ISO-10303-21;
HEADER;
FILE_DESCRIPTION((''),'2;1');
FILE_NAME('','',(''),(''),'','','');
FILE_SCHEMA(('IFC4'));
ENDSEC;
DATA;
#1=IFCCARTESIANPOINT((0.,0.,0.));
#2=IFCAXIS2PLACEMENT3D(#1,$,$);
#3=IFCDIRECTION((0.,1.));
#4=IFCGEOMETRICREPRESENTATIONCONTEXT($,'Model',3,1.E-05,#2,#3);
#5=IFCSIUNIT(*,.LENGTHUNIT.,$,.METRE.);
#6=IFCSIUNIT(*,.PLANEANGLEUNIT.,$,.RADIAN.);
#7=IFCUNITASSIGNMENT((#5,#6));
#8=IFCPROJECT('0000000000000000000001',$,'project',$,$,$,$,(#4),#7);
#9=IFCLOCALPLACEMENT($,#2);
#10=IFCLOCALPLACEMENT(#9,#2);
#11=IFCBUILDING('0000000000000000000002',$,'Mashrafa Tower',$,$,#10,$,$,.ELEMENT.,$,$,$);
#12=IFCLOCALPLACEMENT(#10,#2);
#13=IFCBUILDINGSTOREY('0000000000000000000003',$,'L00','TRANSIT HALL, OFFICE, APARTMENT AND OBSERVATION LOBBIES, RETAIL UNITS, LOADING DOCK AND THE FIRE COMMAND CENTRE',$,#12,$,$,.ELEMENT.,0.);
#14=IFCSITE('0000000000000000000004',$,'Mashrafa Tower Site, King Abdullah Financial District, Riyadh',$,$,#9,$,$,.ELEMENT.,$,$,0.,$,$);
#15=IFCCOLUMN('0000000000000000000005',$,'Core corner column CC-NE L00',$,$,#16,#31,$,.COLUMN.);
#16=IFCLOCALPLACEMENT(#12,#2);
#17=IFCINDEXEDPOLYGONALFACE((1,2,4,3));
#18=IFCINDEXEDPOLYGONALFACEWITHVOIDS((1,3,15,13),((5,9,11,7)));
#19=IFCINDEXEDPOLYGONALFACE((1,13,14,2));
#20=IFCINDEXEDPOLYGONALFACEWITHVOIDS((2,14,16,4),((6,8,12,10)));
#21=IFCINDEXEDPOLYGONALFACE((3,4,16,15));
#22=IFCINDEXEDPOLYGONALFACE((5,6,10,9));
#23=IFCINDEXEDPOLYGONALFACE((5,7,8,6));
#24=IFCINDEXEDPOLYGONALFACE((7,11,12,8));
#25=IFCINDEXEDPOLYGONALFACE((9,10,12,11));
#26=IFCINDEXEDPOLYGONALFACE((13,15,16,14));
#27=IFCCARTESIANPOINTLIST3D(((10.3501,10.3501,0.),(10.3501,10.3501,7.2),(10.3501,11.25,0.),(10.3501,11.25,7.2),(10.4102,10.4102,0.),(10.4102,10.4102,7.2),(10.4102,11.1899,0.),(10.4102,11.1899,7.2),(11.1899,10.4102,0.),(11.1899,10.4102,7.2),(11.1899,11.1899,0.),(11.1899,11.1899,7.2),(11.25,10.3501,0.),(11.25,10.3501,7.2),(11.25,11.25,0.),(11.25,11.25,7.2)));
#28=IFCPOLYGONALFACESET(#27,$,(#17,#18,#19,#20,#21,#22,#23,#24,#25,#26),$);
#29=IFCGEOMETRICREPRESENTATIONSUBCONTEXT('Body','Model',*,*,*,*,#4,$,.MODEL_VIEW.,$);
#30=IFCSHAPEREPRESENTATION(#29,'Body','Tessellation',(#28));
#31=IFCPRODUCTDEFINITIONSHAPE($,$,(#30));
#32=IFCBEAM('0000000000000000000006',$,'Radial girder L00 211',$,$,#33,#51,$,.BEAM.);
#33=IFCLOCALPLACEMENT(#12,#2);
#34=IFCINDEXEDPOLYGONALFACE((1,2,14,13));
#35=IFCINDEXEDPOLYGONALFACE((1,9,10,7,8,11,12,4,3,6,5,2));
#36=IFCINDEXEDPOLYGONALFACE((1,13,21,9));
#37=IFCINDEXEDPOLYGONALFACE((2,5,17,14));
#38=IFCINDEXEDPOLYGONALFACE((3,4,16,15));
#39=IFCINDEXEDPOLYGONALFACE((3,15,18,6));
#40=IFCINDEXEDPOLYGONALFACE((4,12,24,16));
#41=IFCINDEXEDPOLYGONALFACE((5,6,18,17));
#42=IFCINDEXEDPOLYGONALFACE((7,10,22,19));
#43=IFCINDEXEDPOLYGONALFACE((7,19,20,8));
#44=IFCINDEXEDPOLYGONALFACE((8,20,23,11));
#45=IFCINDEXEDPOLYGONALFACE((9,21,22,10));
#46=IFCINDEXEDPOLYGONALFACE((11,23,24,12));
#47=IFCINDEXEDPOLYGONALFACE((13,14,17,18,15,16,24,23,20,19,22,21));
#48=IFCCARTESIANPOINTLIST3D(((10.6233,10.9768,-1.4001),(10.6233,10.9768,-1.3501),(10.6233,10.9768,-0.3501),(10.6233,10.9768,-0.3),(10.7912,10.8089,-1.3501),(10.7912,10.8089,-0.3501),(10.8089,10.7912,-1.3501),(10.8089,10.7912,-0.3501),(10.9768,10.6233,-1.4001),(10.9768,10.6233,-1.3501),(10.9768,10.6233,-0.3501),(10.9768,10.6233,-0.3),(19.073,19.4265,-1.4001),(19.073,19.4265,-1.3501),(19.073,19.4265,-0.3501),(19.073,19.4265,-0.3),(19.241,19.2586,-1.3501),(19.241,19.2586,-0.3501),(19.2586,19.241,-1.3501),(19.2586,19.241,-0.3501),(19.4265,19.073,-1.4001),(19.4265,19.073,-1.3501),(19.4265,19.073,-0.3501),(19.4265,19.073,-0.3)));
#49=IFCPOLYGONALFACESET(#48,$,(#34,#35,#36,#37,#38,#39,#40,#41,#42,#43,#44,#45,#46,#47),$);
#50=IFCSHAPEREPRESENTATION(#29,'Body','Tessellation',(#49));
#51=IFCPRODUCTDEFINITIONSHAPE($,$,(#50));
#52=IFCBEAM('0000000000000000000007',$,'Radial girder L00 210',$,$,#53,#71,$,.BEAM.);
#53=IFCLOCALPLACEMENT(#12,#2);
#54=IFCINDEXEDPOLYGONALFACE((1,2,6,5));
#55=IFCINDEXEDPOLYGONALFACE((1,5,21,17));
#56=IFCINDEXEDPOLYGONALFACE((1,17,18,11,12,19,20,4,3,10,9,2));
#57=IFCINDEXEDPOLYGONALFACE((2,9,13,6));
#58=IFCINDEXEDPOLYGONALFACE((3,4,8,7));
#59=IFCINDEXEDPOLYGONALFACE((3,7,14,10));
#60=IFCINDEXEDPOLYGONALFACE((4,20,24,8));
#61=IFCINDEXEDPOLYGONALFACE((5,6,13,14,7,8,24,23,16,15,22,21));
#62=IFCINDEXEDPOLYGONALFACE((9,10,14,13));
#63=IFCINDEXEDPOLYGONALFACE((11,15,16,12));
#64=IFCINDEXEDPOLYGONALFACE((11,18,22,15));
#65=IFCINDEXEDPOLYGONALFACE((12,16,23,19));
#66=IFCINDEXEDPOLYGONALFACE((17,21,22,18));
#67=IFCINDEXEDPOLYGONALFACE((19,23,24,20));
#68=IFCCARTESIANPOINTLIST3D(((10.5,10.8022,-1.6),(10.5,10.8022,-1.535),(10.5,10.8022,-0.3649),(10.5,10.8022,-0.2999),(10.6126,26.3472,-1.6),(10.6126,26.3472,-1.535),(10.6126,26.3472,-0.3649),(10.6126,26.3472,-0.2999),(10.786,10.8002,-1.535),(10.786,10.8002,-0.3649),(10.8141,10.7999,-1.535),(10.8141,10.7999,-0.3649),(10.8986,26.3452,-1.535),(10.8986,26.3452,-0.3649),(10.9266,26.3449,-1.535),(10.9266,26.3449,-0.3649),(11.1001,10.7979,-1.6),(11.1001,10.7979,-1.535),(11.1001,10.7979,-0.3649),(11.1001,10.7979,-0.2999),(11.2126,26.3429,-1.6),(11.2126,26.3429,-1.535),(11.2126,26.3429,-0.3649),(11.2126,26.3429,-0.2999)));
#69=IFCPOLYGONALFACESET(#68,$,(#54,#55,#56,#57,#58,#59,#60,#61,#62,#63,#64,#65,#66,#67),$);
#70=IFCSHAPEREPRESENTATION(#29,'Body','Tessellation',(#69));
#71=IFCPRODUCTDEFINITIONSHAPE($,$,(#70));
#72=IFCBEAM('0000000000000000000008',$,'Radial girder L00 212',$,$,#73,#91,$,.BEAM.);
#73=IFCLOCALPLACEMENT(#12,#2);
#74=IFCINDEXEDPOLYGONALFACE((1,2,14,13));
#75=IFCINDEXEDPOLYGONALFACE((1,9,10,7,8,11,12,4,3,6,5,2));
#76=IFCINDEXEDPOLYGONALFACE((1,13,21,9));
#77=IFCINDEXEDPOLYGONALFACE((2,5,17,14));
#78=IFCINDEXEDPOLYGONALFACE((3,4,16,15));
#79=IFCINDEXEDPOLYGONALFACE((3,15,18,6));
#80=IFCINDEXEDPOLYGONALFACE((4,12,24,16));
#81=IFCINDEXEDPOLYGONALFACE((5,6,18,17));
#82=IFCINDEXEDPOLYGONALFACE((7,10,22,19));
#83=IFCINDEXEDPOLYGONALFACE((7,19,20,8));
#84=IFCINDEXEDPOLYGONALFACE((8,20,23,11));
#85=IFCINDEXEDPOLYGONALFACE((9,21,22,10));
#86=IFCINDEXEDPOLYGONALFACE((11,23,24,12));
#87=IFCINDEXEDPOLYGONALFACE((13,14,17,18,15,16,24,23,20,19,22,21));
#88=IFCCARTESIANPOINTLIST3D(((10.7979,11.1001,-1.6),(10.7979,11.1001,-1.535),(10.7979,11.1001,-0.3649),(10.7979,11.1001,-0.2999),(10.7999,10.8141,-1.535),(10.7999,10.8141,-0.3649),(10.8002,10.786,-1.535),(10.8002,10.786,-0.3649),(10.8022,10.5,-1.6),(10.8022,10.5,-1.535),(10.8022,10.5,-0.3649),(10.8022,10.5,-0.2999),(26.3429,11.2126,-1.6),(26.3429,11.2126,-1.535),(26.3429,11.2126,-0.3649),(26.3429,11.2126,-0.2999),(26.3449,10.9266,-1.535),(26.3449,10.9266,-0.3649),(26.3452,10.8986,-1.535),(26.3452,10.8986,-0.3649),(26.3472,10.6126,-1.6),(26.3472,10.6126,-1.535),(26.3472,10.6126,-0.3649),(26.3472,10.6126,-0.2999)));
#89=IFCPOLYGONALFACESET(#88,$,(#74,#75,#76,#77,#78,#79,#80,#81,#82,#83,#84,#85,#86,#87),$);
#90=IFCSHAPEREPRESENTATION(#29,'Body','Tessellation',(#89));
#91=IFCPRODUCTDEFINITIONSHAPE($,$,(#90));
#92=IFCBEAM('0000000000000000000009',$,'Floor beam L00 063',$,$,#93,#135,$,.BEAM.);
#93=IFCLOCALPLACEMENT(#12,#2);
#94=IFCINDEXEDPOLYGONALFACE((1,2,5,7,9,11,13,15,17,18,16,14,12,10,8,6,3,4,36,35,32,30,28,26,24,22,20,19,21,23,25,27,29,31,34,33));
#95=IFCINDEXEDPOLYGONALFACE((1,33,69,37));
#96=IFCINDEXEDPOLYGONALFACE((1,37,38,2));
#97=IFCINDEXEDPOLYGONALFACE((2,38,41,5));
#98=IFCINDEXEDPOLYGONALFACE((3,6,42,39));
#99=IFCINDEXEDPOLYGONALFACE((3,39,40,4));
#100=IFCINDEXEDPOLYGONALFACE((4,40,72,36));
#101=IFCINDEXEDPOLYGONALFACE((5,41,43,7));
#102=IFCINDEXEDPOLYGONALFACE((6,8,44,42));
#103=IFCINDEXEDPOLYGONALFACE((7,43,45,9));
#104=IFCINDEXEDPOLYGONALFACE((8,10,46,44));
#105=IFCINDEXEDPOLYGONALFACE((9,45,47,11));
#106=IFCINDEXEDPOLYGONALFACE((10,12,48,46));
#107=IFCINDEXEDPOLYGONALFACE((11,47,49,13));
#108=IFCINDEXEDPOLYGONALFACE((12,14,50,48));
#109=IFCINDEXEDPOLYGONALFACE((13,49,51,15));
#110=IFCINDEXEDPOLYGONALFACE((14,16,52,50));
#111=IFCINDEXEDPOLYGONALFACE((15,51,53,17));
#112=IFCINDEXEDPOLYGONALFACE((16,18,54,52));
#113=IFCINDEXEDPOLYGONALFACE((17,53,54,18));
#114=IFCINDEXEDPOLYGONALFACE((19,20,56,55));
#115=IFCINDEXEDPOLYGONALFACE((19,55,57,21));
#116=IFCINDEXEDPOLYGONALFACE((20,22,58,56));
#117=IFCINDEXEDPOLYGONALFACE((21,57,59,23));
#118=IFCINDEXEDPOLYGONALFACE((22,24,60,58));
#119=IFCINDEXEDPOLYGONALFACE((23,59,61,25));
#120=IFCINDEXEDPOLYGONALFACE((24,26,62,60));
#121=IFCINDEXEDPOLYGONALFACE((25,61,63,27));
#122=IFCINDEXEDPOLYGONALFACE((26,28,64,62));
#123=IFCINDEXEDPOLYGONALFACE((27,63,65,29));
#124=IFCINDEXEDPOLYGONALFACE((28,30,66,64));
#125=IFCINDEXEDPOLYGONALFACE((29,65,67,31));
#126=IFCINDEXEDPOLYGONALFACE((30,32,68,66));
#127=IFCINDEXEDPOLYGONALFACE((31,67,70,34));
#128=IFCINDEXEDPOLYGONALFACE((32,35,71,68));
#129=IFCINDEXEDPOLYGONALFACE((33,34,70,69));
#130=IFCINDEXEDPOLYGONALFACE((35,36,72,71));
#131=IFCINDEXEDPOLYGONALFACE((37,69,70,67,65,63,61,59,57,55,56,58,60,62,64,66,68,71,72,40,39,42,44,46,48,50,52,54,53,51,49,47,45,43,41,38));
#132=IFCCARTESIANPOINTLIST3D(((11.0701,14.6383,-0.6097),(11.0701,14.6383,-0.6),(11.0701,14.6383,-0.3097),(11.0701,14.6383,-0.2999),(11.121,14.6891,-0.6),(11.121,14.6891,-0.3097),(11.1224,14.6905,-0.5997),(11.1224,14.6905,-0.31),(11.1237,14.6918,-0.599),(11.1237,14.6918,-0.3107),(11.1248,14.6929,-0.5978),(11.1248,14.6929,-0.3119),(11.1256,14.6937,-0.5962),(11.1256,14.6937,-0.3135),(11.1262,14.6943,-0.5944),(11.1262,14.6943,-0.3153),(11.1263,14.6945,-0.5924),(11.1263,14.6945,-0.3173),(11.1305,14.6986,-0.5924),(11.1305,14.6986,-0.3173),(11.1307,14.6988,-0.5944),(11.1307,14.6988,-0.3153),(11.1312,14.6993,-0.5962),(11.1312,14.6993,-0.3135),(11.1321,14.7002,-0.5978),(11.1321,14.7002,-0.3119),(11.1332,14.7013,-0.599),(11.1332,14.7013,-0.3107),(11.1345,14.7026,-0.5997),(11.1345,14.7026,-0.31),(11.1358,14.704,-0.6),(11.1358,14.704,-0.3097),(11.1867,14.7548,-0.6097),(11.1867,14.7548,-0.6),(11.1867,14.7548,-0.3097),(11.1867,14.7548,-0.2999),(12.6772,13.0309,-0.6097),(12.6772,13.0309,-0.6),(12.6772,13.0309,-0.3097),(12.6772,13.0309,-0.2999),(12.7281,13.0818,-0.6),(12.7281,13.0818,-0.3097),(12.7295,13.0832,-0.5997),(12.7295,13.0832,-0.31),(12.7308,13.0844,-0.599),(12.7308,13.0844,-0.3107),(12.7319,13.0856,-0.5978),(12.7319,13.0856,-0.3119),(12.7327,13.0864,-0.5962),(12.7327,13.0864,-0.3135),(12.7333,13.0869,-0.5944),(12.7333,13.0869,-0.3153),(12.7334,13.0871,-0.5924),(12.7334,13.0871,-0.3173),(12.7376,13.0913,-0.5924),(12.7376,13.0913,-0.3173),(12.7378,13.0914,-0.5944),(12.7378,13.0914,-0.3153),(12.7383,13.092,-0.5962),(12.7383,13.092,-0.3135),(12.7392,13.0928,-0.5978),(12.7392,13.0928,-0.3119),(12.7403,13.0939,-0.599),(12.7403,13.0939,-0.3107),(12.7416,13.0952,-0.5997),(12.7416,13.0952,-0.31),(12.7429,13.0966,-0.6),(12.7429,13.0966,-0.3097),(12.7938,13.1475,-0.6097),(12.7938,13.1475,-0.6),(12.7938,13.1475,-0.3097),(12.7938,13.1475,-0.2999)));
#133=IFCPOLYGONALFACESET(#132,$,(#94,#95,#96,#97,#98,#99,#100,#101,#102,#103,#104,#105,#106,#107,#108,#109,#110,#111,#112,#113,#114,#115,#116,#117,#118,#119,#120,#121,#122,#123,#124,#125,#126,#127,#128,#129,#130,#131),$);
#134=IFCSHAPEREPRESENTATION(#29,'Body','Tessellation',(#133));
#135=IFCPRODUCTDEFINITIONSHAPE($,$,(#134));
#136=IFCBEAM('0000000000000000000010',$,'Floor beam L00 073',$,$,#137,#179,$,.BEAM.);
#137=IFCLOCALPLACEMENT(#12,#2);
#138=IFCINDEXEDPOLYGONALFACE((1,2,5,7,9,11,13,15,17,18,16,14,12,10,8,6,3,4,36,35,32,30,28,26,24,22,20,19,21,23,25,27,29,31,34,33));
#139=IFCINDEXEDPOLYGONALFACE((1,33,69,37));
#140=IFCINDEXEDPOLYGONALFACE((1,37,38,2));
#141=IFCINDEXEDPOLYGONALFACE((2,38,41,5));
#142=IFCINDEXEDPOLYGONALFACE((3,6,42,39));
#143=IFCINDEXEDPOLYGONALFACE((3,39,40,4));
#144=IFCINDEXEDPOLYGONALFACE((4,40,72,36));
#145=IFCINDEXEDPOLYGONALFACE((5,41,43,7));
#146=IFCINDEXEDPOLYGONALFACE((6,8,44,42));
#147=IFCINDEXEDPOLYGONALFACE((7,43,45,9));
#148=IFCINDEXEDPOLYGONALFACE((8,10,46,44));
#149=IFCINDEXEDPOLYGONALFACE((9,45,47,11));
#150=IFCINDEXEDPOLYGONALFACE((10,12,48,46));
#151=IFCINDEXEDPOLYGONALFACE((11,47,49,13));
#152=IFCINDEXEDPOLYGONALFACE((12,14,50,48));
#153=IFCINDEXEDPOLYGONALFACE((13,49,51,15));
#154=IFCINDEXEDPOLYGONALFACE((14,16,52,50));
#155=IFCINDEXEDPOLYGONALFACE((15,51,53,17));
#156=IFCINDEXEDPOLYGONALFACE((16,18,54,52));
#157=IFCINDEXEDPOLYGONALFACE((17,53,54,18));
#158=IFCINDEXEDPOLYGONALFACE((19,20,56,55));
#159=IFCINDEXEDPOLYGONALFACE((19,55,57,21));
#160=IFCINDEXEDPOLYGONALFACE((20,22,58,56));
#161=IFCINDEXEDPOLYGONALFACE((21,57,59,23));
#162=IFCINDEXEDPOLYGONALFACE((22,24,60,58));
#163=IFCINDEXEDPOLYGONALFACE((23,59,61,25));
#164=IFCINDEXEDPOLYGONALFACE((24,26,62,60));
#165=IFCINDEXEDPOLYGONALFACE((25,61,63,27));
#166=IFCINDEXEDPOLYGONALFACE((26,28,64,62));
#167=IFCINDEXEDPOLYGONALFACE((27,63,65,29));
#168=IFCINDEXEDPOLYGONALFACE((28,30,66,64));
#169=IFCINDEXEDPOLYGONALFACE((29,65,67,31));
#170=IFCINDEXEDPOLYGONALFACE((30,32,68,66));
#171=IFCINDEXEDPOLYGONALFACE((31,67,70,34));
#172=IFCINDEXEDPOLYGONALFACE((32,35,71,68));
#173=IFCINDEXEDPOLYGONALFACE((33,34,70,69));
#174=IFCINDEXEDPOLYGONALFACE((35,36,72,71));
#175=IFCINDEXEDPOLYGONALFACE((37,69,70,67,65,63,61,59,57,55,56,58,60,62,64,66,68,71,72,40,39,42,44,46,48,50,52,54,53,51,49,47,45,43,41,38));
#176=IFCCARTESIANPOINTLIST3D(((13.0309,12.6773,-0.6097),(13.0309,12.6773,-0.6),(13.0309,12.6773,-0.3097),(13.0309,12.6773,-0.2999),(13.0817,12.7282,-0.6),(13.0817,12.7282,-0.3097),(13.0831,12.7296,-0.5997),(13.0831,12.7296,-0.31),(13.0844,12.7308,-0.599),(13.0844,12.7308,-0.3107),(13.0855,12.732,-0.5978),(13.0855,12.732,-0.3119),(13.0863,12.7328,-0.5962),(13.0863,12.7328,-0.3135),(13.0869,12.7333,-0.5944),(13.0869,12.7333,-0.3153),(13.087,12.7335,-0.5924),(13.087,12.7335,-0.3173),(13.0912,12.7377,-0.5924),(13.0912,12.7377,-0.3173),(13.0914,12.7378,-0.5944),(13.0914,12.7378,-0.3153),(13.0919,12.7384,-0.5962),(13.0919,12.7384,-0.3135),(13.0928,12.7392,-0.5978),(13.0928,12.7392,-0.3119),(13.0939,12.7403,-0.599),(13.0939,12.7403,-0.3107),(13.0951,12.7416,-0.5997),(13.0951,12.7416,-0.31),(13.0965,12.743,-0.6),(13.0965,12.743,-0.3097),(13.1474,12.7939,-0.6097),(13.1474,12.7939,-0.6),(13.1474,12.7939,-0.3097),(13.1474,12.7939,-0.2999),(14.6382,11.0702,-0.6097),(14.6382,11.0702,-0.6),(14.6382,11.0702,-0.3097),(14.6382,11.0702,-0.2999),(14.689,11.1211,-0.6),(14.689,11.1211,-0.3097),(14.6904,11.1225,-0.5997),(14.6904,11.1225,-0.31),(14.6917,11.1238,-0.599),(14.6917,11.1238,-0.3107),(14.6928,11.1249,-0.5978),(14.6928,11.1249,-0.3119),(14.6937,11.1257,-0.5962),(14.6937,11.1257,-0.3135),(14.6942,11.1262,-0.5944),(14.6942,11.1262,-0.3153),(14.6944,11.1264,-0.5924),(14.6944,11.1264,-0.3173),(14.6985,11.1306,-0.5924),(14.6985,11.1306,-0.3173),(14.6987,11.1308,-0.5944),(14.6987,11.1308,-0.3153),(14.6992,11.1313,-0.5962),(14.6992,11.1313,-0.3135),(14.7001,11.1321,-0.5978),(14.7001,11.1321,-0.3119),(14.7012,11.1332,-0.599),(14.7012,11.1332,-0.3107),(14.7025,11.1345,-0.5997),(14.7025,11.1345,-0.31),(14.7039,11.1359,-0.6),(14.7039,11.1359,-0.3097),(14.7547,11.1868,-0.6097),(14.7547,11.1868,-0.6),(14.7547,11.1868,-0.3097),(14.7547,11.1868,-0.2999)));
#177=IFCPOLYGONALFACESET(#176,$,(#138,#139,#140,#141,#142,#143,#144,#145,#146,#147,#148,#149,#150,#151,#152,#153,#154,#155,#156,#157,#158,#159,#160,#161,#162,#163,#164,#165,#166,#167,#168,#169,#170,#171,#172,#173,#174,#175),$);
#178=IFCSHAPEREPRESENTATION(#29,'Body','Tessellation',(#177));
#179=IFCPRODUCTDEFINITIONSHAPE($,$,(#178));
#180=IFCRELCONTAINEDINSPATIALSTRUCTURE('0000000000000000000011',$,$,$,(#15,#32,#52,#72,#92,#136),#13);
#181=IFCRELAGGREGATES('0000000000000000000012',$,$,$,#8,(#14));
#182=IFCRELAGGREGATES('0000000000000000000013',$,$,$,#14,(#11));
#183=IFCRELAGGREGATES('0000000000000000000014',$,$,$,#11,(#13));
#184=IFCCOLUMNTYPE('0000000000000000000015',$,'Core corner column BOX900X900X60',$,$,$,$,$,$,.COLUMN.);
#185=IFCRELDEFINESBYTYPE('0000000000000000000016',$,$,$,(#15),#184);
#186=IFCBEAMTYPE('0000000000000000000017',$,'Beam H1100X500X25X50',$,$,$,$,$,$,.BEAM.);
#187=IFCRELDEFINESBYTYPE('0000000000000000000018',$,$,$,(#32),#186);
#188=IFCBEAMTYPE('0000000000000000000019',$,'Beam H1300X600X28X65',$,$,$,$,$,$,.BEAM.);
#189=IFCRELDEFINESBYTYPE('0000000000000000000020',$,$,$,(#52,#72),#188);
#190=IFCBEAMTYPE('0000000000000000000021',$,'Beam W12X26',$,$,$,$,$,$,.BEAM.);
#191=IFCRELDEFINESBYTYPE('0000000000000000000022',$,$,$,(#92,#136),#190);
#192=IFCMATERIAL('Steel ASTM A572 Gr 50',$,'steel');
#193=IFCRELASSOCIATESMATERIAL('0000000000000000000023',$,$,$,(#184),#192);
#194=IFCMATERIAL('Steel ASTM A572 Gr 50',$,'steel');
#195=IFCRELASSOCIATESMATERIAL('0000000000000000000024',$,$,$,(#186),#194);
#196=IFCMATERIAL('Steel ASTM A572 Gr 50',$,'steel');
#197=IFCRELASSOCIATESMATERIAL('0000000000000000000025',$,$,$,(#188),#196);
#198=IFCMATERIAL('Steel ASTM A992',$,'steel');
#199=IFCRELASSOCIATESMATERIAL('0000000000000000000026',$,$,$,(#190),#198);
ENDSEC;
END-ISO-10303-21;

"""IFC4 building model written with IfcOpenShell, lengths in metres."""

from ifc_helpers import new_model, si_unit, direction, frame, origin, origin_2d, place, context, subcontext, project, spatial, hollow_rectangle, i_section, extrude, material, material_profile, profile_set, type_object, element, save


model = new_model("IFC4")

# Units and contexts
model_context = context("Model", 3, precision=1e-05, world=origin(), true_north=direction((0.0, 1.0)))
body_context = subcontext(model_context, "Body", "Model", "MODEL_VIEW")
ifc_project = project(units=[si_unit("LENGTHUNIT", "METRE"), si_unit("PLANEANGLEUNIT", "RADIAN")], contexts=[model_context])

# Site, building, storey
site_placement = place(None, origin())
site = spatial("IfcSite", under=ifc_project, at=site_placement, Name="Mashrafa Tower Site, King Abdullah Financial District, Riyadh", CompositionType="ELEMENT", RefElevation=0.0)
building_placement = place(site_placement, origin())
building = spatial("IfcBuilding", under=site, at=building_placement, Name="Mashrafa Tower", CompositionType="ELEMENT")
storey_placement = place(building_placement, origin())
storey = spatial("IfcBuildingStorey", under=building, at=storey_placement, Name="L00", Description="TRANSIT HALL, OFFICE, APARTMENT AND OBSERVATION LOBBIES, RETAIL UNITS, LOADING DOCK AND THE FIRE COMMAND CENTRE", CompositionType="ELEMENT", Elevation=0.0)

# Column
ifc_material_1 = material(Name="Steel ASTM A572 Gr 50", Category="steel")
ifc_material_profile_1 = material_profile(ifc_material_1, hollow_rectangle(XDim=0.8999, YDim=0.8999, WallThickness=0.0601, at=origin_2d()), Name="BOX900X900X60")
ifc_profile_set_1 = profile_set([ifc_material_profile_1], Name="Steel ASTM A572 Gr 50")
column_type = type_object("IfcColumnType", Name="Core corner column BOX900X900X60", PredefinedType="COLUMN", material=ifc_profile_set_1)
column_placement = place(storey_placement, frame((10.8, 10.8, 0.0), z_axis=(0.0, 0.0, 1.0), x_axis=(1.0, 0.0, 0.0)))
element("IfcColumn", 1, at=column_placement, inside=storey, type_object=column_type, Name="Core corner column CC-NE L00", PredefinedType="COLUMN", context=body_context, shape_type="SweptSolid", body=[
    extrude(hollow_rectangle(XDim=0.8999, YDim=0.8999, WallThickness=0.0601, at=origin_2d()), origin(), (0.0, 0.0, 1.0), 7.2),
])

# Beams
ifc_material_2 = material(Name="Steel ASTM A572 Gr 50", Category="steel")
ifc_material_profile_2 = material_profile(ifc_material_2, i_section(OverallWidth=0.5, OverallDepth=1.1001, WebThickness=0.0249, FlangeThickness=0.05, at=origin_2d()), Name="H1100X500X25X50")
ifc_profile_set_2 = profile_set([ifc_material_profile_2], Name="Steel ASTM A572 Gr 50")
beam_type_1 = type_object("IfcBeamType", Name="Beam H1100X500X25X50", PredefinedType="BEAM", material=ifc_profile_set_2)
beam_1_placement = place(storey_placement, frame((10.8, 10.8, -0.8501), z_axis=(0.707107, 0.707107, 0.0), x_axis=(-0.707107, 0.707107, 0.0)))
element("IfcBeam", 2, at=beam_1_placement, inside=storey, type_object=beam_type_1, Name="Radial girder L00 211", PredefinedType="BEAM", context=body_context, shape_type="SweptSolid", body=[
    extrude(i_section(OverallWidth=0.5, OverallDepth=1.1001, WebThickness=0.0249, FlangeThickness=0.05, at=origin_2d()), origin(), (0.0, 0.0, 1.0), 11.9497),
])
ifc_material_3 = material(Name="Steel ASTM A572 Gr 50", Category="steel")
ifc_material_profile_3 = material_profile(ifc_material_3, i_section(OverallWidth=0.6001, OverallDepth=1.3, WebThickness=0.0281, FlangeThickness=0.0649, at=origin_2d()), Name="H1300X600X28X65")
ifc_profile_set_3 = profile_set([ifc_material_profile_3], Name="Steel ASTM A572 Gr 50")
beam_type_2 = type_object("IfcBeamType", Name="Beam H1300X600X28X65", PredefinedType="BEAM", material=ifc_profile_set_3)
for number, where, z_axis, x_axis, name in (
    (3, (10.8, 10.8, -0.95), (0.00724, 0.999974, 0.0), (-0.999974, 0.00724, 0.0), "Radial girder L00 210"),
    (4, (10.8, 10.8, -0.95), (0.999974, 0.00724, 0.0), (-0.00724, 0.999974, 0.0), "Radial girder L00 212"),
):
    element("IfcBeam", number, at=place(storey_placement, frame(where, z_axis=z_axis, x_axis=x_axis)), inside=storey, type_object=beam_type_2, Name=name, PredefinedType="BEAM", context=body_context, shape_type="SweptSolid", body=[
        extrude(i_section(OverallWidth=0.6001, OverallDepth=1.3, WebThickness=0.0281, FlangeThickness=0.0649, at=origin_2d()), origin(), (0.0, 0.0, 1.0), 15.5454),
    ])
ifc_material_4 = material(Name="Steel ASTM A992", Category="steel")
ifc_material_profile_4 = material_profile(ifc_material_4, i_section(OverallWidth=0.1648, OverallDepth=0.3098, WebThickness=0.0059, FlangeThickness=0.0098, FilletRadius=0.0076, at=origin_2d()), Name="W12X26")
ifc_profile_set_4 = profile_set([ifc_material_profile_4], Name="Steel ASTM A992")
beam_type_3 = type_object("IfcBeamType", Name="Beam W12X26", PredefinedType="BEAM", material=ifc_profile_set_4)
for number, where, z_axis, x_axis, name in (
    (5, (11.1284, 14.6965, -0.4548), (0.707053, -0.70716, 0.0), (0.70716, 0.707053, 0.0), "Floor beam L00 063"),
    (6, (13.0891, 12.7356, -0.4548), (0.70716, -0.707053, 0.0), (0.707053, 0.70716, 0.0), "Floor beam L00 073"),
):
    element("IfcBeam", number, at=place(storey_placement, frame(where, z_axis=z_axis, x_axis=x_axis)), inside=storey, type_object=beam_type_3, Name=name, PredefinedType="BEAM", context=body_context, shape_type="SweptSolid", body=[
        extrude(i_section(OverallWidth=0.1648, OverallDepth=0.3098, WebThickness=0.0059, FlangeThickness=0.0098, FilletRadius=0.0076, at=origin_2d()), origin(), (0.0, 0.0, 1.0), 2.2729),
    ])

save(model, "model.ifc")
